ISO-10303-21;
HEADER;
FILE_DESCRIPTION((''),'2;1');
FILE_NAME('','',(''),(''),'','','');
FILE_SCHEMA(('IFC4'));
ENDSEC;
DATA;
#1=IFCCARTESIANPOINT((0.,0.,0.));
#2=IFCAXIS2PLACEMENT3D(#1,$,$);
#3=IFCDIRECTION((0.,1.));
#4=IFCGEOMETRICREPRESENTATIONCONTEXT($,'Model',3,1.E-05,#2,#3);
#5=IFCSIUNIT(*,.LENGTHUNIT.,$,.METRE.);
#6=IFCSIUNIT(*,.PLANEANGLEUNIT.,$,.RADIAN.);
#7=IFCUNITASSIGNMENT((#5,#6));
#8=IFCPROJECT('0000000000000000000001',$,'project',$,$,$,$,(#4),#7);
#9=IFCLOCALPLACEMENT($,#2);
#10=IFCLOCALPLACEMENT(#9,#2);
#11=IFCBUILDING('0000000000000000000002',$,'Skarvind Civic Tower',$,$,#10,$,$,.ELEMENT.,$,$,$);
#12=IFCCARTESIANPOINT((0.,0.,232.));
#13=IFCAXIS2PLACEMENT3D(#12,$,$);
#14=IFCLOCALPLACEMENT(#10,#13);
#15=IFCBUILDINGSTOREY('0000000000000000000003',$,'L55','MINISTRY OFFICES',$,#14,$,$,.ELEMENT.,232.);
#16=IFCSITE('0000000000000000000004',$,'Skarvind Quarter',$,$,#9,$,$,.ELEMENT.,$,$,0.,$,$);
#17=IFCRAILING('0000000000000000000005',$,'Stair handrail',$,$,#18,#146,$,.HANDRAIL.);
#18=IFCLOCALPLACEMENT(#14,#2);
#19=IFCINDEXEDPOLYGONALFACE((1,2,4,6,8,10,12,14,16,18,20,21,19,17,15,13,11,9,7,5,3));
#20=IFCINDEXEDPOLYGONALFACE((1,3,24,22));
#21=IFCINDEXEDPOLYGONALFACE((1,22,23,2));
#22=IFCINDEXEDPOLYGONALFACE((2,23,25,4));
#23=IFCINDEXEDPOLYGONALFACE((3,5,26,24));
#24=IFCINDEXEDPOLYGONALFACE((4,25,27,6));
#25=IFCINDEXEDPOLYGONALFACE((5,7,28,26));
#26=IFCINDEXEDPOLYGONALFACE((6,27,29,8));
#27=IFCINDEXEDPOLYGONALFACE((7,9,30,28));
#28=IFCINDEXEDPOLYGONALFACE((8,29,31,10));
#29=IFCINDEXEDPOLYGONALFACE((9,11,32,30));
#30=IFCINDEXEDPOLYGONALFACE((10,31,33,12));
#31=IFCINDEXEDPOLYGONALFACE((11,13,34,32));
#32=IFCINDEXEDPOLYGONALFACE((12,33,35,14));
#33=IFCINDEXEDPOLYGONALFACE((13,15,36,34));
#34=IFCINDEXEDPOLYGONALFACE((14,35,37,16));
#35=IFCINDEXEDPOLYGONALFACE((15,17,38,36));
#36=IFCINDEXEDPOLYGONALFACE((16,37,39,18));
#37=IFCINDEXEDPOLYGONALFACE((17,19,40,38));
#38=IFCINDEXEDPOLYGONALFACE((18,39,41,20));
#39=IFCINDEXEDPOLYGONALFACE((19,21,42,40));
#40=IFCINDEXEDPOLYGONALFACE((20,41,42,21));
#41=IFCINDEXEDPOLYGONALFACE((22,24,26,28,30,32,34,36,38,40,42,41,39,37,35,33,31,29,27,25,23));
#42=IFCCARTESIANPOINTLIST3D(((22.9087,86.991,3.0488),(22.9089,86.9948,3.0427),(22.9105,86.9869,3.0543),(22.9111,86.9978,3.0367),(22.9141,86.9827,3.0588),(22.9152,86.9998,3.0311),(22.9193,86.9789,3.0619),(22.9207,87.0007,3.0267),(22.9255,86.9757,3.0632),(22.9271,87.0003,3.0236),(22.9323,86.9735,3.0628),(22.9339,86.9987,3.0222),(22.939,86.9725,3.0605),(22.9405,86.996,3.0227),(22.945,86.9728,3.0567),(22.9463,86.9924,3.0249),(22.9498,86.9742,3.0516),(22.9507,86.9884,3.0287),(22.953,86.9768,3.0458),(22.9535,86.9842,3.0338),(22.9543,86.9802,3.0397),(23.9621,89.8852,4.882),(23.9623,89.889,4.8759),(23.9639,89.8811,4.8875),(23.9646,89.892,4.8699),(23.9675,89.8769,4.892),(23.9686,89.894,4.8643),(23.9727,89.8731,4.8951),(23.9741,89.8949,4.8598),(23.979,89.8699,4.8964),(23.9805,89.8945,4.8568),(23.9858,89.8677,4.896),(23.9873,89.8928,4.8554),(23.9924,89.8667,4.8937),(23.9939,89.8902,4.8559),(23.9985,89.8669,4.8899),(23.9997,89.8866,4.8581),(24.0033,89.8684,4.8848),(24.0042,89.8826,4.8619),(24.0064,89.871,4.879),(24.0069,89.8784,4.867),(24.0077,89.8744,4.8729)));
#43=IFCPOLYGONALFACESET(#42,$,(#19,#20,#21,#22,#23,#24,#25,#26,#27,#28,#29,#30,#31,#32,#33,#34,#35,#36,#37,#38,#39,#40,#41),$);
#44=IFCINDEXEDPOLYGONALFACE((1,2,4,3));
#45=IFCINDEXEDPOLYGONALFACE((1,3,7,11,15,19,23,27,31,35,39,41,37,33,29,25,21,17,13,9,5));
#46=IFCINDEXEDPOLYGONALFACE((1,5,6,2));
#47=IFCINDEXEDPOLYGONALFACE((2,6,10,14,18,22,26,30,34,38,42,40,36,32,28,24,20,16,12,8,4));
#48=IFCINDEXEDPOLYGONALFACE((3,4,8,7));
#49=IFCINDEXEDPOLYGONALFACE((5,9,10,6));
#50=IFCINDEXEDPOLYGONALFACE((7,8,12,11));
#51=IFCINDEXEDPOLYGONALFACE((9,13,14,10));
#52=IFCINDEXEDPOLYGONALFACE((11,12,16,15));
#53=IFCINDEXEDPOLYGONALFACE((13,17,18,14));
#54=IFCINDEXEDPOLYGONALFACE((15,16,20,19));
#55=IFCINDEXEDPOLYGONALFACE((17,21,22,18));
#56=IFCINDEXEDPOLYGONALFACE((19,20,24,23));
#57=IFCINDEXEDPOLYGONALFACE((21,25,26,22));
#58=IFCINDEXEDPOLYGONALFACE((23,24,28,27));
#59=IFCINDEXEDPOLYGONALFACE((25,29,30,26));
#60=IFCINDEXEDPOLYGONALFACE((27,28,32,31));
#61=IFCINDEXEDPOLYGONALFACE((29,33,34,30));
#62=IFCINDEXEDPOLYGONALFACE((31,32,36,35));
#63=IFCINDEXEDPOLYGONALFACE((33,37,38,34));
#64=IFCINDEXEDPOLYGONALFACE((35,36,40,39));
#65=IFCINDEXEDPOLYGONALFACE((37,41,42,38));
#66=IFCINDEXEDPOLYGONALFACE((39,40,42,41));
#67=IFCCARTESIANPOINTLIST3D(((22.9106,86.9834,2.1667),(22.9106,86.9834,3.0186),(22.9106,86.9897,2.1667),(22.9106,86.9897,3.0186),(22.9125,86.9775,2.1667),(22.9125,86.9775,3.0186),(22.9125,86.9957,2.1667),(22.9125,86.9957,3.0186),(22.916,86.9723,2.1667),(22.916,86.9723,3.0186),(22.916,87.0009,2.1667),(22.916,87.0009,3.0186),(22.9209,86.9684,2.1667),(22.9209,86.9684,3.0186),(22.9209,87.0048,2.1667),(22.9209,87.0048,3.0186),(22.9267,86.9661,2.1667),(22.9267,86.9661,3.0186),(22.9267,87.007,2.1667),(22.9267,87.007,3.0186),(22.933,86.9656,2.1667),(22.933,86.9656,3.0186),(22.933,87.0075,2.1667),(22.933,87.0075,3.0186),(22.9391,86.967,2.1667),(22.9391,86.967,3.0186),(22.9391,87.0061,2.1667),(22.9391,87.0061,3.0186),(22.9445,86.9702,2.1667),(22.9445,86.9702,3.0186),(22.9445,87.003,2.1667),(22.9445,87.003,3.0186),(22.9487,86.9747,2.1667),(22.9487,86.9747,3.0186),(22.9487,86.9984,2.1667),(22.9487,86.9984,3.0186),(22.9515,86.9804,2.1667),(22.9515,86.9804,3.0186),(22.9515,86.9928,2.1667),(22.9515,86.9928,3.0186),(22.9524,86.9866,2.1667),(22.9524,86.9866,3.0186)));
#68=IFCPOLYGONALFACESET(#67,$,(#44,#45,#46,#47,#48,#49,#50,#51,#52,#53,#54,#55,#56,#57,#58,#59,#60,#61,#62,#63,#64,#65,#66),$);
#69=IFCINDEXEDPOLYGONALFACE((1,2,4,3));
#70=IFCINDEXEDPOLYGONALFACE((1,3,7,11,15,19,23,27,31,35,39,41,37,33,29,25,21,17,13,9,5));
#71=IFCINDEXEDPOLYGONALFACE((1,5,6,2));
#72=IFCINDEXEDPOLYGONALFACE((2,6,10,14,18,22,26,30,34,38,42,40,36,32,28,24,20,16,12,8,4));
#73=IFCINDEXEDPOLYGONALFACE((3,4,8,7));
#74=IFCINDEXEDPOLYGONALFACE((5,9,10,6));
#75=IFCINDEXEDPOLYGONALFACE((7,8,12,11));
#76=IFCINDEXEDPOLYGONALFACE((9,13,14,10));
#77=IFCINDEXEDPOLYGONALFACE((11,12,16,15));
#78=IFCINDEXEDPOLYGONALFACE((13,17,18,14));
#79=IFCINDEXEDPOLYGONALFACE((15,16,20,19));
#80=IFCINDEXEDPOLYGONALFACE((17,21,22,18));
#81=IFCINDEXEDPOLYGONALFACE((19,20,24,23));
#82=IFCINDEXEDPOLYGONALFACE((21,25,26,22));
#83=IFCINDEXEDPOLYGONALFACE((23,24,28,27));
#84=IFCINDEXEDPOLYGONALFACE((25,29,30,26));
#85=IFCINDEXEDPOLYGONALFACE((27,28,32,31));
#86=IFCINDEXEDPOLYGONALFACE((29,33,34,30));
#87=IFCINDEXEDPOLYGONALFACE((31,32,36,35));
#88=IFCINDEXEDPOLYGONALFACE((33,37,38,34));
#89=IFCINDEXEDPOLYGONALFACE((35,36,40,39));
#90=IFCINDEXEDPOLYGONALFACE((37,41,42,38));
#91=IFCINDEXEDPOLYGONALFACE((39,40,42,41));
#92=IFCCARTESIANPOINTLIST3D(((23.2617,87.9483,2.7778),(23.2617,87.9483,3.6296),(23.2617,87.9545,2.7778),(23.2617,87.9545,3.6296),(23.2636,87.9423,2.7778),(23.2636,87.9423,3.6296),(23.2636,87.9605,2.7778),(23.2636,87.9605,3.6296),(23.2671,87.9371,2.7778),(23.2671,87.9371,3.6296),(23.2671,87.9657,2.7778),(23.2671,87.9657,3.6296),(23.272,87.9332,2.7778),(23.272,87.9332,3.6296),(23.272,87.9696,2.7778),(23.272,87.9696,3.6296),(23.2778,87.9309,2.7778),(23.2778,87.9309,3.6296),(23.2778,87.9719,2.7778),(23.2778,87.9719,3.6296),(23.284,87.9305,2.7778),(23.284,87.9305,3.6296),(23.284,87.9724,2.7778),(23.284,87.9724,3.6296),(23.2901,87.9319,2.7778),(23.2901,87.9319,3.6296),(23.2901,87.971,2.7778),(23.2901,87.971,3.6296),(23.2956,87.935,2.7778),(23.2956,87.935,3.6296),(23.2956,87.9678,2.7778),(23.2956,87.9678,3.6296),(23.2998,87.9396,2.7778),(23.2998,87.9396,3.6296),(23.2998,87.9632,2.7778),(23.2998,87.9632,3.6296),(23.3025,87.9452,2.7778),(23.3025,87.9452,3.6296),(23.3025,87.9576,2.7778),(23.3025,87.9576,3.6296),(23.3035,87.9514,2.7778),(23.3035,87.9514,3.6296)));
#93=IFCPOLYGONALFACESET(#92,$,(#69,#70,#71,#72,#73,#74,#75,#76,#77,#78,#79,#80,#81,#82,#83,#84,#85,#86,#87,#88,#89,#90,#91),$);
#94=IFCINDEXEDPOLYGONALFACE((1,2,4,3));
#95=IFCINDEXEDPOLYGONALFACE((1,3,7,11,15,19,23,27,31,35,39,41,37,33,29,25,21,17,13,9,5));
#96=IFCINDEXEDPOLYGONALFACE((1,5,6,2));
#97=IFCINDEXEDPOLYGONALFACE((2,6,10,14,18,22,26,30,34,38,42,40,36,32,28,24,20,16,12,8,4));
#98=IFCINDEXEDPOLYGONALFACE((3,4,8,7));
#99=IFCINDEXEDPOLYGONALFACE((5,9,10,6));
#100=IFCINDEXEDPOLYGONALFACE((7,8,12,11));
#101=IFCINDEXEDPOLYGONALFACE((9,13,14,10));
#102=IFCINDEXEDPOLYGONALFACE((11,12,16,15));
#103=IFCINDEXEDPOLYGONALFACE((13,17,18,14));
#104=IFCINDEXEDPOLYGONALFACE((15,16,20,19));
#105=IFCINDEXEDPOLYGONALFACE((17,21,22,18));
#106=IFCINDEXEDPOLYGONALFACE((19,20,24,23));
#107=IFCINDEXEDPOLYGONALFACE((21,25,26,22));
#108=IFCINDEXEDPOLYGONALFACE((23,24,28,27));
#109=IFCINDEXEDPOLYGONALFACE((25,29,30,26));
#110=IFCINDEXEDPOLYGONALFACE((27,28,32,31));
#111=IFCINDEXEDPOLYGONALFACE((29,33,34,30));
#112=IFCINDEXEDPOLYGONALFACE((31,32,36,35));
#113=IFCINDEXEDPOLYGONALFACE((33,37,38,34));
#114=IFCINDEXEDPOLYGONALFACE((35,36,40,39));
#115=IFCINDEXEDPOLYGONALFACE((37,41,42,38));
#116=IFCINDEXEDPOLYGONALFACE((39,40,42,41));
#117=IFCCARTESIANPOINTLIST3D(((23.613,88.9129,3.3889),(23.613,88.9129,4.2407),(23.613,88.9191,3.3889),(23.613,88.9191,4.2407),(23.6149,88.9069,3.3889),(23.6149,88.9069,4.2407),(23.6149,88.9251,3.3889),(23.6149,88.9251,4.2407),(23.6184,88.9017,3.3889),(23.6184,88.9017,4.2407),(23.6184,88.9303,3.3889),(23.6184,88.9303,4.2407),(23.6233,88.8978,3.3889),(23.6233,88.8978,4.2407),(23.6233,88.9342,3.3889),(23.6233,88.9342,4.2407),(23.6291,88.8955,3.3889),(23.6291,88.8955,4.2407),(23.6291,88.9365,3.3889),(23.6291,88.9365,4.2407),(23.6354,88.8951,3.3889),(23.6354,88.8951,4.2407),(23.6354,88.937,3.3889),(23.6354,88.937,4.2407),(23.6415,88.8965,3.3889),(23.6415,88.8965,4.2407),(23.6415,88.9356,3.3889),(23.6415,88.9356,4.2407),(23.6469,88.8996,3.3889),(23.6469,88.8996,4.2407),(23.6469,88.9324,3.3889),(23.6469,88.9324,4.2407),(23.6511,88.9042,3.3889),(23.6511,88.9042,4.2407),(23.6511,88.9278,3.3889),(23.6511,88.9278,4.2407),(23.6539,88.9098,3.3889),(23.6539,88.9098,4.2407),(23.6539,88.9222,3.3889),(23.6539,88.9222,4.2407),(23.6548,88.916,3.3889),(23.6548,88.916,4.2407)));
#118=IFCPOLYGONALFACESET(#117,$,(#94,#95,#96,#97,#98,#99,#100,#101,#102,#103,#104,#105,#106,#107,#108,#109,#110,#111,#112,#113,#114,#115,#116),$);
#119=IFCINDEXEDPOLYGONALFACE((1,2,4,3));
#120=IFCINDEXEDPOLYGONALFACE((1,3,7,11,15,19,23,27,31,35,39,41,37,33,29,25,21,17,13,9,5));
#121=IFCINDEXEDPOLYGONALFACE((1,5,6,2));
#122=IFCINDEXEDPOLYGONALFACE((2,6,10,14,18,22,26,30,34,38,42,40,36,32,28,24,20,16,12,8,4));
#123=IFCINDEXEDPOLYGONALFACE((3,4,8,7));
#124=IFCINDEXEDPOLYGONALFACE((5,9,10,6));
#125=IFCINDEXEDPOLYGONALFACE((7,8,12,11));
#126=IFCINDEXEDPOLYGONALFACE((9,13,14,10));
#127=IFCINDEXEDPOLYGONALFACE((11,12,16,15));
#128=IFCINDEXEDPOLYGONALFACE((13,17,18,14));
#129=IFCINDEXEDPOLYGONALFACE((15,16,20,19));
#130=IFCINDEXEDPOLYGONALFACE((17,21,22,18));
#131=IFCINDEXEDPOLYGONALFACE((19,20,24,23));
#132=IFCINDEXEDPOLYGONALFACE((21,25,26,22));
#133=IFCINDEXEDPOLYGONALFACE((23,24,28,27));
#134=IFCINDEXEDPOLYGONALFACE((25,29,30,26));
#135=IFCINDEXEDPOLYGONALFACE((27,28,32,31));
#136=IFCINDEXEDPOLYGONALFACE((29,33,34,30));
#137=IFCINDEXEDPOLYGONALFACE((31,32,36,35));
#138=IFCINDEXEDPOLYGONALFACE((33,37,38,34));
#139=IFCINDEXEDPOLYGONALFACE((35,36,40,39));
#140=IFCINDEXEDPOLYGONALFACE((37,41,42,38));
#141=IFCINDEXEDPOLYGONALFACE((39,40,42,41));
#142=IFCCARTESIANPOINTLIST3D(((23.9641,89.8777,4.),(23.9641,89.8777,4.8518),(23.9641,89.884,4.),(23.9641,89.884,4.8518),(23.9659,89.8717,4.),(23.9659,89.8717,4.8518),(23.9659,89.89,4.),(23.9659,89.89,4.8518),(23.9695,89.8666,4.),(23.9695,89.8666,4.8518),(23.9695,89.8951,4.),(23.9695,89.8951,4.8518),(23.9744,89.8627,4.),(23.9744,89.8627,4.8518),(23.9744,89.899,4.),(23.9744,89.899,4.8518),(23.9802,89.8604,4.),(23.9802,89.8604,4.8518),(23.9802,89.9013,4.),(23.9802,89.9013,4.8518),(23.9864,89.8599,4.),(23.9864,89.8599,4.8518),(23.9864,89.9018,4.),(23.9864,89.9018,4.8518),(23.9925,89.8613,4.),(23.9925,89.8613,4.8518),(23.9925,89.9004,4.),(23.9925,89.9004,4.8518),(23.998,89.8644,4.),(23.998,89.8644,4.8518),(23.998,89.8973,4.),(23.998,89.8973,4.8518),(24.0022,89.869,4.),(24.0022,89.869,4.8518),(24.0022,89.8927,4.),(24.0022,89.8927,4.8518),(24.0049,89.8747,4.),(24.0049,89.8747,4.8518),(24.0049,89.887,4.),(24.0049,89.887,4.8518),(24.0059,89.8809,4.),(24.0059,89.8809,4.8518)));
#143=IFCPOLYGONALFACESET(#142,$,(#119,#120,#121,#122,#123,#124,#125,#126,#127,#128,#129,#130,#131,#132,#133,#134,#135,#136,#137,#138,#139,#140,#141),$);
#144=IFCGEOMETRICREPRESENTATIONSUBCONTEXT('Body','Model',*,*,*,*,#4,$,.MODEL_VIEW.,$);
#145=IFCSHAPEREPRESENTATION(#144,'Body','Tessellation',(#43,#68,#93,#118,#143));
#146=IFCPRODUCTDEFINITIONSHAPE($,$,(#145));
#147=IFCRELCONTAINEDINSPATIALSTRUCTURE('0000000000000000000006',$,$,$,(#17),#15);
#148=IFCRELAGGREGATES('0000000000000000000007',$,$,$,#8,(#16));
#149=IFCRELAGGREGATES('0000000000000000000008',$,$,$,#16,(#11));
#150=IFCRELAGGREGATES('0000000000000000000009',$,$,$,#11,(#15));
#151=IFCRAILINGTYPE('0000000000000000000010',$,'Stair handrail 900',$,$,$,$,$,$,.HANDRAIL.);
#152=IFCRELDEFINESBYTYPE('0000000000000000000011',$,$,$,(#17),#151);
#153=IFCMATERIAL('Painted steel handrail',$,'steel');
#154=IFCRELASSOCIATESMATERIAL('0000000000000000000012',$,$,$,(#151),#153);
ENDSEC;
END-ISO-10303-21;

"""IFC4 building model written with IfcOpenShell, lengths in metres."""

from ifc_helpers import new_model, si_unit, direction, frame, origin, origin_2d, place, context, subcontext, project, spatial, circle, extrude, material, type_object, element, save


model = new_model("IFC4")

# Units and contexts
model_context = context("Model", 3, precision=1e-05, world=origin(), true_north=direction((0.0, 1.0)))
body_context = subcontext(model_context, "Body", "Model", "MODEL_VIEW")
ifc_project = project(units=[si_unit("LENGTHUNIT", "METRE"), si_unit("PLANEANGLEUNIT", "RADIAN")], contexts=[model_context])

# Site, building, storey
site_placement = place(None, origin())
site = spatial("IfcSite", under=ifc_project, at=site_placement, Name="Skarvind Quarter", CompositionType="ELEMENT", RefElevation=0.0)
building_placement = place(site_placement, origin())
building = spatial("IfcBuilding", under=site, at=building_placement, Name="Skarvind Civic Tower", CompositionType="ELEMENT")
storey_placement = place(building_placement, frame((0.0, 0.0, 232.0)))
storey = spatial("IfcBuildingStorey", under=building, at=storey_placement, Name="L55", Description="MINISTRY OFFICES", CompositionType="ELEMENT", Elevation=232.0)

# Railing
ifc_material_1 = material(Name="Painted steel handrail", Category="steel")
railing_type = type_object("IfcRailingType", Name="Stair handrail 900", PredefinedType="HANDRAIL", material=ifc_material_1)
railing_1_placement = place(storey_placement, frame((22.9314, 86.9866, 2.1667)))
element("IfcRailing", 1, at=railing_1_placement, inside=storey, type_object=railing_type, Name="Stair handrail", PredefinedType="HANDRAIL", context=body_context, shape_type="SweptSolid", body=[
    extrude(circle(Radius=0.0239, at=origin_2d()), frame((0.0, 0.0, 0.876), z_axis=(0.293908, 0.807481, 0.511461), x_axis=(-0.939689, 0.342029, 0.0)), (0.0, 0.0, 1.0), 3.5842),
    extrude(circle(Radius=0.021, at=origin_2d()), origin(), (0.0, 0.0, 1.0), 0.8518),
    extrude(circle(Radius=0.021, at=origin_2d()), frame((0.3511, 0.9648, 0.6111)), (0.0, 0.0, 1.0), 0.8518),
    extrude(circle(Radius=0.021, at=origin_2d()), frame((0.7024, 1.9294, 1.2222)), (0.0, 0.0, 1.0), 0.8518),
    extrude(circle(Radius=0.021, at=origin_2d()), frame((1.0535, 2.8943, 1.8333)), (0.0, 0.0, 1.0), 0.8518),
])

save(model, "model.ifc")
